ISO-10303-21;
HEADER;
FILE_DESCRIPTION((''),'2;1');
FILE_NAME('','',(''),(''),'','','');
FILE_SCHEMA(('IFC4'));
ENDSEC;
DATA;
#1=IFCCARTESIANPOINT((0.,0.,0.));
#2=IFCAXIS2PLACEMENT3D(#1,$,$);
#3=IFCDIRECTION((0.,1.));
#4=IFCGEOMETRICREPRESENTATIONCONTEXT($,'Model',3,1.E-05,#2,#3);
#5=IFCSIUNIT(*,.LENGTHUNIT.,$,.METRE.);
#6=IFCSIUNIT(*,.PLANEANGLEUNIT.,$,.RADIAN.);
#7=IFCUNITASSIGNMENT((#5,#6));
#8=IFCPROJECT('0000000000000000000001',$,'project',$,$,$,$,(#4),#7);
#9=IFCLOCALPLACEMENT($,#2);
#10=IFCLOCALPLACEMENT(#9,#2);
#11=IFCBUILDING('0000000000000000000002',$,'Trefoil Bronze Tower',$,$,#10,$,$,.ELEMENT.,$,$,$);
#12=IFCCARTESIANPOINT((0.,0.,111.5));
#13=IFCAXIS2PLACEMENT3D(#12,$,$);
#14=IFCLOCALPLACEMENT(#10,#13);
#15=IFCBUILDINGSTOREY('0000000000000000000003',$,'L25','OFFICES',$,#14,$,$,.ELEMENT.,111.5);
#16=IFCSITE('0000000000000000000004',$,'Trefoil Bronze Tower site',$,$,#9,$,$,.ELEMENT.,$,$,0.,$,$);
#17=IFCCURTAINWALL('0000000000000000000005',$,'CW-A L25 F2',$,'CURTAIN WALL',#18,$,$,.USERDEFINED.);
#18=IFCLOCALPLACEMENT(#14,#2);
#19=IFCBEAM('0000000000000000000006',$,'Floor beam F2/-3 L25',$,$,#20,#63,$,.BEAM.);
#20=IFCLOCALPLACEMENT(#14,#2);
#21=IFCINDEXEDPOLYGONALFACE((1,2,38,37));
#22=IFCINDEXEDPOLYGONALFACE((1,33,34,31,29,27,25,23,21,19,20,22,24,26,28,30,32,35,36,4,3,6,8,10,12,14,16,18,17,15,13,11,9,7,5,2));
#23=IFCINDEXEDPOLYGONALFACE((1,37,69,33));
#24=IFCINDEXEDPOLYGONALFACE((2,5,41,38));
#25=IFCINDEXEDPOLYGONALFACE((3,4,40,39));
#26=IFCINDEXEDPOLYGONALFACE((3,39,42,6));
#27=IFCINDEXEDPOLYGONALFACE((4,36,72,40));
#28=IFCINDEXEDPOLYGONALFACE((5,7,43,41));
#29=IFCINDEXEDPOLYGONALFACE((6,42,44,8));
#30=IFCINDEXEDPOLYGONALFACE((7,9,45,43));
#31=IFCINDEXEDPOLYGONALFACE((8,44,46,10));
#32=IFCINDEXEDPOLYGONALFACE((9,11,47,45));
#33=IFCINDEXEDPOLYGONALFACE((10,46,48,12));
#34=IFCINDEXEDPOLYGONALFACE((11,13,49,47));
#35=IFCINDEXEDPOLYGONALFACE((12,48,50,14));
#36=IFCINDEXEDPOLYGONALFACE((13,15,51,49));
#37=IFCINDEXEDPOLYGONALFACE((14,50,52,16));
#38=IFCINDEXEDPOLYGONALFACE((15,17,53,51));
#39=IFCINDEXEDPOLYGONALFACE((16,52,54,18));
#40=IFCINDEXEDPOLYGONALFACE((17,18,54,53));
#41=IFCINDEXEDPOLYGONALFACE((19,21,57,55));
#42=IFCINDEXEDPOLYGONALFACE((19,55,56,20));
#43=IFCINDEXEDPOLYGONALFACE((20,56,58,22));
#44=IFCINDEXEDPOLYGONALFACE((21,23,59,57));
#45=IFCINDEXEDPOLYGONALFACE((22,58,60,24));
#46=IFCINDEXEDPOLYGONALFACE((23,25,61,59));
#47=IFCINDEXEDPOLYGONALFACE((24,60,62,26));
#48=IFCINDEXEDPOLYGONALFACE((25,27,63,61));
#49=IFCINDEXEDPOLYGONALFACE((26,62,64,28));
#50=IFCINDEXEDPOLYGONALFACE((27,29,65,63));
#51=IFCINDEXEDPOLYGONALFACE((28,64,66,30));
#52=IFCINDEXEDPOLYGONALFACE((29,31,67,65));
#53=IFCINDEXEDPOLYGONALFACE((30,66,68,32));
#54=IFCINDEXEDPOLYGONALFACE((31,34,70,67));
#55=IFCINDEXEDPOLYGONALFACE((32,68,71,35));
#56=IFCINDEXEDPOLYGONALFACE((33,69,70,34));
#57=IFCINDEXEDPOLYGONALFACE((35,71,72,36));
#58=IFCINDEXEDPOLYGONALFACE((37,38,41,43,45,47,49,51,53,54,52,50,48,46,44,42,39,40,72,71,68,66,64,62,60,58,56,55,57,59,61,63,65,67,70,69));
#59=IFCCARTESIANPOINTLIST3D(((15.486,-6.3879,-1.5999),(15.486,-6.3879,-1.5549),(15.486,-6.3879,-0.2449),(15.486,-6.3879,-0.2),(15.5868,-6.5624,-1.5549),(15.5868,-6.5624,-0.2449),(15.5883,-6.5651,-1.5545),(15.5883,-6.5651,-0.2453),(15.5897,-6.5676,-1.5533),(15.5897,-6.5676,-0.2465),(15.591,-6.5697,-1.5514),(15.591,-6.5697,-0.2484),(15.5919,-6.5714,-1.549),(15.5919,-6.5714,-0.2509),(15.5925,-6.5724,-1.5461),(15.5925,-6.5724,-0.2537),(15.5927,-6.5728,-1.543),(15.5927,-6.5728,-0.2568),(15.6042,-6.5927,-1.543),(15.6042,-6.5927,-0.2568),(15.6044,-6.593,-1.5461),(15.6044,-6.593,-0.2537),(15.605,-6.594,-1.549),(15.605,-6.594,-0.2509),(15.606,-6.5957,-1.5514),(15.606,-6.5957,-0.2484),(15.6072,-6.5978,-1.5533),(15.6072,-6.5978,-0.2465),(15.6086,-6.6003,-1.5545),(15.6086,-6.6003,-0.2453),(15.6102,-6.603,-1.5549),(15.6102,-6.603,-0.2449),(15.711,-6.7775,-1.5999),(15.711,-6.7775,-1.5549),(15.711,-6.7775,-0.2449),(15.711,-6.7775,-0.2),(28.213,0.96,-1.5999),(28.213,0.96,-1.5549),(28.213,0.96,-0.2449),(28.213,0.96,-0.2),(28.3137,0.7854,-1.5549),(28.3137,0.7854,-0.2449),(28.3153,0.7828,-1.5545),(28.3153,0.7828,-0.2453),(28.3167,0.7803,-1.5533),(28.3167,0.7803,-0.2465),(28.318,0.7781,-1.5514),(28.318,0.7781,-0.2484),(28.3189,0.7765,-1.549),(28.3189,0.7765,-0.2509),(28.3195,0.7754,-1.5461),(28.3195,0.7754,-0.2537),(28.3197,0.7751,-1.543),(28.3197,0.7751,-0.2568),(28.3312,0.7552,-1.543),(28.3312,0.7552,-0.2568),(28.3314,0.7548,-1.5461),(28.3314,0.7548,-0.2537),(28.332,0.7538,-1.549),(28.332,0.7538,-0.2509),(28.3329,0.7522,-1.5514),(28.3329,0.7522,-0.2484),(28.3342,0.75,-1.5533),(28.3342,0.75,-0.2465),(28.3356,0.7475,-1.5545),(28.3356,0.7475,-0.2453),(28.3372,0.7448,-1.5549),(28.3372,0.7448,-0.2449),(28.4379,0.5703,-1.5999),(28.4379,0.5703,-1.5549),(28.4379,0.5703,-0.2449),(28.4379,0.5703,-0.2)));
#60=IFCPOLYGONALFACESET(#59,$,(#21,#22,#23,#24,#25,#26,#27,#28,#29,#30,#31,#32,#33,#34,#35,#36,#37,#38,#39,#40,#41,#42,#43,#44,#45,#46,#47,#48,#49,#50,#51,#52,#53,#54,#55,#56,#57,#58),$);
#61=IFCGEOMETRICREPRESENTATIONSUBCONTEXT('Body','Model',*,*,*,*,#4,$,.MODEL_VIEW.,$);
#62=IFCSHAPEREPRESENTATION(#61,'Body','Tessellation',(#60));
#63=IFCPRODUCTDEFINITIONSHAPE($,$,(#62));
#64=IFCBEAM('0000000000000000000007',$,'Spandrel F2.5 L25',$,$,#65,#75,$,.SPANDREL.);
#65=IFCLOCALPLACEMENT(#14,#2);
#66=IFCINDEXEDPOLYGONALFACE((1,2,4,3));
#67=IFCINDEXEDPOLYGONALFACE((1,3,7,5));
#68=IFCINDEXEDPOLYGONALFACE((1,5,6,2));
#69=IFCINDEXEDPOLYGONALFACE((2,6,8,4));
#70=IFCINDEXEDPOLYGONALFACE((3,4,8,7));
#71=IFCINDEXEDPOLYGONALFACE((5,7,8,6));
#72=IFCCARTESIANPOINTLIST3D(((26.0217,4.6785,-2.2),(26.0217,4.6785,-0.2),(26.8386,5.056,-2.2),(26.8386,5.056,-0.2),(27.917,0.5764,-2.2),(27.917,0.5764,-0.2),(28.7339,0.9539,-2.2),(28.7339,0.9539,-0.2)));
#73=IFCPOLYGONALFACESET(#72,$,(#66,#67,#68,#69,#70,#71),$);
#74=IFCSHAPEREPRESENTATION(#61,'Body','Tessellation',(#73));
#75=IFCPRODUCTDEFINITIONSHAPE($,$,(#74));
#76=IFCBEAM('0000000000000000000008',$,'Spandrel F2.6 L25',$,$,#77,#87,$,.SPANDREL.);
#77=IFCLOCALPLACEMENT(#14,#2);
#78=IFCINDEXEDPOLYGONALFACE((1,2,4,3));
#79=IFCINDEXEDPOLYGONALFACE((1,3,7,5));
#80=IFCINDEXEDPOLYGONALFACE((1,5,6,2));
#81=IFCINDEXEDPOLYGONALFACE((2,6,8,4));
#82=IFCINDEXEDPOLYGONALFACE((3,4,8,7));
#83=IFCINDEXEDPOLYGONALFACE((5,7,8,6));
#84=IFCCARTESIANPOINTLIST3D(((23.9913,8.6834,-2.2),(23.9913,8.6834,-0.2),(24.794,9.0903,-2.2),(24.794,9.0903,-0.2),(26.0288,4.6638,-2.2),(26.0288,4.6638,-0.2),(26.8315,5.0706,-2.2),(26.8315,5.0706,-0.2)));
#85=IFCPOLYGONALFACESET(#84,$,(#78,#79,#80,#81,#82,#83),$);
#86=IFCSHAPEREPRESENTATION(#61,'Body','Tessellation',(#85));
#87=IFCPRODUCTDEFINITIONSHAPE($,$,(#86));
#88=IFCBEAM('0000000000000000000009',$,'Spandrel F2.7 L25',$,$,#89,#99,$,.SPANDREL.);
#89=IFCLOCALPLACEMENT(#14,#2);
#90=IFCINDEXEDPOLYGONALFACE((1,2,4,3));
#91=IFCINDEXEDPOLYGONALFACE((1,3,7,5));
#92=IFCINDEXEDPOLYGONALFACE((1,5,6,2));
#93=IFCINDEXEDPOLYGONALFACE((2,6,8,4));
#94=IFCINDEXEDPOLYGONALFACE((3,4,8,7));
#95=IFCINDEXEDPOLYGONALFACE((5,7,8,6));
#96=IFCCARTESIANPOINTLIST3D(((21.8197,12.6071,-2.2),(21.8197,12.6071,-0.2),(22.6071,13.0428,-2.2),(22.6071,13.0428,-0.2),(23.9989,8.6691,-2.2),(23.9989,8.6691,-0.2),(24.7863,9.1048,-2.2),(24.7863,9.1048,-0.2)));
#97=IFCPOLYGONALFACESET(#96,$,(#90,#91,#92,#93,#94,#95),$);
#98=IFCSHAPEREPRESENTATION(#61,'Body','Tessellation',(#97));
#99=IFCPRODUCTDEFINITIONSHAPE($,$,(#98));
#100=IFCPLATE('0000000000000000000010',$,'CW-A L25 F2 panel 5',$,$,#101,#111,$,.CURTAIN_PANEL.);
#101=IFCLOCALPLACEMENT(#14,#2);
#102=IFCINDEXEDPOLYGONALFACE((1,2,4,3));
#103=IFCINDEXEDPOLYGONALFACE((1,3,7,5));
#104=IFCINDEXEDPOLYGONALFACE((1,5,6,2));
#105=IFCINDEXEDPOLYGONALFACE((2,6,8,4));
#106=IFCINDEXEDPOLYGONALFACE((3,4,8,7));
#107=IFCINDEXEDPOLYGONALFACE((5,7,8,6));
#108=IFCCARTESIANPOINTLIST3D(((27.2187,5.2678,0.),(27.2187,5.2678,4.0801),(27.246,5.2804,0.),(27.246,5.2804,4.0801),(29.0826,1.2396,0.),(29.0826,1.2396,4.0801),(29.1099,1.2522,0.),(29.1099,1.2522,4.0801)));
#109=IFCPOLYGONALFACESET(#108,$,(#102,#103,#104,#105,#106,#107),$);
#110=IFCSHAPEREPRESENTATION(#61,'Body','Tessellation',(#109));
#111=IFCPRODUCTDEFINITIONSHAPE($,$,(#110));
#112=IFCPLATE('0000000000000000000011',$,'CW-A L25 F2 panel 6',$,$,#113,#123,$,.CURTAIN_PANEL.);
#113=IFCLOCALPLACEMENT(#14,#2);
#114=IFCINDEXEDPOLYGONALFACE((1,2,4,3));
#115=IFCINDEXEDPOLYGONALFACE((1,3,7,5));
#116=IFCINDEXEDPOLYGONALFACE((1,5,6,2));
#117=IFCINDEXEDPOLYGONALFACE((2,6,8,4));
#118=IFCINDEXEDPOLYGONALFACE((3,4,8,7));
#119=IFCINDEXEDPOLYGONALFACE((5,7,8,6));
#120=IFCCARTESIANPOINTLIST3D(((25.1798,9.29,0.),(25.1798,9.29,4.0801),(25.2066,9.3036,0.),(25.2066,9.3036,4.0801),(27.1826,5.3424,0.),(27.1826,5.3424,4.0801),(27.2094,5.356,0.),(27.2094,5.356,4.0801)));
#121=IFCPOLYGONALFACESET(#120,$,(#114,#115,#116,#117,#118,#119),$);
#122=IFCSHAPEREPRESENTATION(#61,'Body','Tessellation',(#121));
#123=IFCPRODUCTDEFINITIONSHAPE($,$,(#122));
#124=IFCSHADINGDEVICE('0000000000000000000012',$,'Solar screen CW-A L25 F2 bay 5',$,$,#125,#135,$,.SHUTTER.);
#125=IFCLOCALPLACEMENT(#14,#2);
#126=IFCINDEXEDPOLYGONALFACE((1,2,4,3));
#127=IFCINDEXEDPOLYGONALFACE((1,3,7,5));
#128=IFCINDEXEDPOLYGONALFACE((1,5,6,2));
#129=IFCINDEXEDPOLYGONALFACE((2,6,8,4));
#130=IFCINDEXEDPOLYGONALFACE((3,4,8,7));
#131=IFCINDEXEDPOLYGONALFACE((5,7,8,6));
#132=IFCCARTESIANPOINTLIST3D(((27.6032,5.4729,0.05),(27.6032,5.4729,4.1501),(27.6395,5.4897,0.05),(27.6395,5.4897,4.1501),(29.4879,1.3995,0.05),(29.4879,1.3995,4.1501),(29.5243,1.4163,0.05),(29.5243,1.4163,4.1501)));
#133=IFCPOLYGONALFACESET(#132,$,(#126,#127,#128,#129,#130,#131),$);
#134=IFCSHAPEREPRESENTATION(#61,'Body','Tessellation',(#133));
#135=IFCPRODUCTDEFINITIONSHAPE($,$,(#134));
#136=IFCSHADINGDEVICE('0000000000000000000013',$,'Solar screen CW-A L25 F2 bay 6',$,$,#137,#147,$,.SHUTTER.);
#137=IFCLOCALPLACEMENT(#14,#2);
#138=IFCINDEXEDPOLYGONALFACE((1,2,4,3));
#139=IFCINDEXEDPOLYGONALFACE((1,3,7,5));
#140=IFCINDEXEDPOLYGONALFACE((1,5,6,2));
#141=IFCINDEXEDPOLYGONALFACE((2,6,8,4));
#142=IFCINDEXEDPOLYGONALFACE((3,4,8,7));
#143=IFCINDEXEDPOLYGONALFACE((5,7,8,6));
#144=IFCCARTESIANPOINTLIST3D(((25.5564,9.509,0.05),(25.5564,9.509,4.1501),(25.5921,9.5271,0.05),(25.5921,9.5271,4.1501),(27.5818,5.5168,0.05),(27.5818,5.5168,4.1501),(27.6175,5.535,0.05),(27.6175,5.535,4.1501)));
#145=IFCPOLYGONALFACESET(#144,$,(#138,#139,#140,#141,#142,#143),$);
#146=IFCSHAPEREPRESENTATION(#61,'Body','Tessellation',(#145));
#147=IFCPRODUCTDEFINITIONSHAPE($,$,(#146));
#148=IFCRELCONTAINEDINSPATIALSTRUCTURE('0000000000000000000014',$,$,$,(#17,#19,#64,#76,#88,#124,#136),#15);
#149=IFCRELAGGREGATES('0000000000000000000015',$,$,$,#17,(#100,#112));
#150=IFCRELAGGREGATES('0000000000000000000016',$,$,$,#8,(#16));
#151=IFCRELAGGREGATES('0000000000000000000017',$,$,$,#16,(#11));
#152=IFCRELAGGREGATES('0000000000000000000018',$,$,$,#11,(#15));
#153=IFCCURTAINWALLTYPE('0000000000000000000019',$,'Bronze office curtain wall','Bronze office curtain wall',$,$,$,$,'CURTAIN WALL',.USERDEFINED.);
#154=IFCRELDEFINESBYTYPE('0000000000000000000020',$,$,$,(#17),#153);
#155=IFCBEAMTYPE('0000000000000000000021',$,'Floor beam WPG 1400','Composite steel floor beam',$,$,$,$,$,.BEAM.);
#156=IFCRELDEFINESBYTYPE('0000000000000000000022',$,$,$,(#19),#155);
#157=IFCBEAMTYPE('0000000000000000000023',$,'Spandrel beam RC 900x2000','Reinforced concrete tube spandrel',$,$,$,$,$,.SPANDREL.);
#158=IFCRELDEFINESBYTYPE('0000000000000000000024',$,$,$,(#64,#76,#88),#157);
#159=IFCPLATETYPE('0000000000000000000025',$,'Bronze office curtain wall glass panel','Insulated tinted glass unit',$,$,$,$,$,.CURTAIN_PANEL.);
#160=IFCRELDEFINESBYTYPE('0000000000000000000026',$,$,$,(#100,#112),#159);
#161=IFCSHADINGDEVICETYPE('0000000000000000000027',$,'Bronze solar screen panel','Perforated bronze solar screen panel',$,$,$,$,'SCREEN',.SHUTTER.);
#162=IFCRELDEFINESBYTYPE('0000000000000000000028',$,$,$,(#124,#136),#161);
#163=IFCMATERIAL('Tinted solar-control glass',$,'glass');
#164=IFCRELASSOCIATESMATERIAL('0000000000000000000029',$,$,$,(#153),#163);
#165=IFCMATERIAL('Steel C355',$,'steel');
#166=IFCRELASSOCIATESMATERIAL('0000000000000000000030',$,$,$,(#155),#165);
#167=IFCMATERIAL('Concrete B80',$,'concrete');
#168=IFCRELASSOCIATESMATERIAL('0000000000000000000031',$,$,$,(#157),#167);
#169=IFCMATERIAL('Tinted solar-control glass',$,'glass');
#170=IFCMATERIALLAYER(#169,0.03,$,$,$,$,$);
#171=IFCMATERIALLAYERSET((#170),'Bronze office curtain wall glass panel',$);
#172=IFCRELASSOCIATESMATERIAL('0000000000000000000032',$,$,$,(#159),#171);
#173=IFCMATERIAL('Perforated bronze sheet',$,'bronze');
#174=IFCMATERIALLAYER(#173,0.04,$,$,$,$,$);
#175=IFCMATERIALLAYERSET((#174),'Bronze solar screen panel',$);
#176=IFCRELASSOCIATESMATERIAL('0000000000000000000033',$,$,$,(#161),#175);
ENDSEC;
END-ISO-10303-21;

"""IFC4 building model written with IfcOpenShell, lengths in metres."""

from ifc_helpers import new_model, si_unit, direction, frame, origin, origin_2d, place, context, subcontext, project, spatial, rectangle, i_section, extrude, material, layer, layer_set, material_profile, profile_set, type_object, element, aggregate, save


model = new_model("IFC4")

# Units and contexts
model_context = context("Model", 3, precision=1e-05, world=origin(), true_north=direction((0.0, 1.0)))
body_context = subcontext(model_context, "Body", "Model", "MODEL_VIEW")
ifc_project = project(units=[si_unit("LENGTHUNIT", "METRE"), si_unit("PLANEANGLEUNIT", "RADIAN")], contexts=[model_context])

# Site, building, storey
site_placement = place(None, origin())
site = spatial("IfcSite", under=ifc_project, at=site_placement, Name="Trefoil Bronze Tower site", CompositionType="ELEMENT", RefElevation=0.0)
building_placement = place(site_placement, origin())
building = spatial("IfcBuilding", under=site, at=building_placement, Name="Trefoil Bronze Tower", CompositionType="ELEMENT")
storey_placement = place(building_placement, frame((0.0, 0.0, 111.5)))
storey = spatial("IfcBuildingStorey", under=building, at=storey_placement, Name="L25", Description="OFFICES", CompositionType="ELEMENT", Elevation=111.5)

# Curtain wall
ifc_material_1 = material(Name="Tinted solar-control glass", Category="glass")
curtain_wall_type = type_object("IfcCurtainWallType", Name="Bronze office curtain wall", Description="Bronze office curtain wall", ElementType="CURTAIN WALL", PredefinedType="USERDEFINED", material=ifc_material_1)
curtain_wall_placement = place(storey_placement, origin())
curtain_wall = element("IfcCurtainWall", 1, at=curtain_wall_placement, inside=storey, type_object=curtain_wall_type, Name="CW-A L25 F2", ObjectType="CURTAIN WALL", PredefinedType="USERDEFINED")

# Beams
ifc_material_2 = material(Name="Steel C355", Category="steel")
ifc_material_profile_1 = material_profile(ifc_material_2, i_section(OverallWidth=0.45, OverallDepth=1.3999, WebThickness=0.0229, FlangeThickness=0.0449, FilletRadius=0.012, at=origin_2d()), Name="WPG 1400")
ifc_profile_set_1 = profile_set([ifc_material_profile_1], Name="Steel C355")
beam_type_1 = type_object("IfcBeamType", Name="Floor beam WPG 1400", Description="Composite steel floor beam", PredefinedType="BEAM", material=ifc_profile_set_1)
beam_1_placement = place(storey_placement, frame((28.3254, 0.7651, -0.8999), z_axis=(-0.866027, -0.499997, 0.0), x_axis=(0.499997, -0.866027, 0.0)))
element("IfcBeam", 2, at=beam_1_placement, inside=storey, type_object=beam_type_1, Name="Floor beam F2/-3 L25", PredefinedType="BEAM", context=body_context, shape_type="SweptSolid", body=[
    extrude(i_section(OverallWidth=0.45, OverallDepth=1.3999, WebThickness=0.0229, FlangeThickness=0.0449, FilletRadius=0.012, at=origin_2d()), origin(), (0.0, 0.0, 1.0), 14.6958),
])
ifc_material_3 = material(Name="Concrete B80", Category="concrete")
ifc_material_profile_2 = material_profile(ifc_material_3, rectangle(XDim=0.8999, YDim=2.0, at=origin_2d()), Name="RC 900x2000")
ifc_profile_set_2 = profile_set([ifc_material_profile_2], Name="Concrete B80")
beam_type_2 = type_object("IfcBeamType", Name="Spandrel beam RC 900x2000", Description="Reinforced concrete tube spandrel", PredefinedType="SPANDREL", material=ifc_profile_set_2)
beam_2_placement = place(storey_placement, frame((28.3254, 0.7651, -1.2), z_axis=(-0.419425, 0.90779, 0.0), x_axis=(-0.90779, -0.419425, 0.0)))
element("IfcBeam", 3, at=beam_2_placement, inside=storey, type_object=beam_type_2, Name="Spandrel F2.5 L25", PredefinedType="SPANDREL", context=body_context, shape_type="SweptSolid", body=[
    extrude(rectangle(XDim=0.8999, YDim=2.0, at=origin_2d()), origin(), (0.0, 0.0, 1.0), 4.5188),
])
beam_3_placement = place(storey_placement, frame((26.4302, 4.8672, -1.2), z_axis=(-0.452126, 0.891954, 0.0), x_axis=(-0.891954, -0.452126, 0.0)))
element("IfcBeam", 4, at=beam_3_placement, inside=storey, type_object=beam_type_2, Name="Spandrel F2.6 L25", PredefinedType="SPANDREL", context=body_context, shape_type="SweptSolid", body=[
    extrude(rectangle(XDim=0.8999, YDim=2.0, at=origin_2d()), origin(), (0.0, 0.0, 1.0), 4.5066),
])
beam_4_placement = place(storey_placement, frame((24.3926, 8.887, -1.2), z_axis=(-0.484187, 0.874965, 0.0), x_axis=(-0.874965, -0.484187, 0.0)))
element("IfcBeam", 5, at=beam_4_placement, inside=storey, type_object=beam_type_2, Name="Spandrel F2.7 L25", PredefinedType="SPANDREL", context=body_context, shape_type="SweptSolid", body=[
    extrude(rectangle(XDim=0.8999, YDim=2.0, at=origin_2d()), origin(), (0.0, 0.0, 1.0), 4.5007),
])

# Plates
ifc_material_4 = material(Name="Tinted solar-control glass", Category="glass")
ifc_layer_1 = layer(ifc_material_4, 0.03)
ifc_layer_set_1 = layer_set([ifc_layer_1], Name="Bronze office curtain wall glass panel")
plate_type = type_object("IfcPlateType", Name="Bronze office curtain wall glass panel", Description="Insulated tinted glass unit", PredefinedType="CURTAIN_PANEL", material=ifc_layer_set_1)
plate_1_placement = place(storey_placement, frame((28.1643, 3.26, 0.0), z_axis=(0.0, 0.0, 1.0), x_axis=(-0.419933, 0.907555, 0.0)))
plate_1 = element("IfcPlate", 6, at=plate_1_placement, type_object=plate_type, Name="CW-A L25 F2 panel 5", PredefinedType="CURTAIN_PANEL", context=body_context, shape_type="SweptSolid", body=[
    extrude(rectangle(XDim=4.4385, YDim=0.03, at=origin_2d()), origin(), (0.0, 0.0, 1.0), 4.0801),
])
plate_2_placement = place(storey_placement, frame((26.1946, 7.323, 0.0), z_axis=(0.0, 0.0, 1.0), x_axis=(-0.452449, 0.89179, 0.0)))
plate_2 = element("IfcPlate", 7, at=plate_2_placement, type_object=plate_type, Name="CW-A L25 F2 panel 6", PredefinedType="CURTAIN_PANEL", context=body_context, shape_type="SweptSolid", body=[
    extrude(rectangle(XDim=4.4265, YDim=0.03, at=origin_2d()), origin(), (0.0, 0.0, 1.0), 4.0801),
])
aggregate(curtain_wall, [plate_1, plate_2])

# Shading devices
ifc_material_5 = material(Name="Perforated bronze sheet", Category="bronze")
ifc_layer_2 = layer(ifc_material_5, 0.04)
ifc_layer_set_2 = layer_set([ifc_layer_2], Name="Bronze solar screen panel")
shading_device_type = type_object("IfcShadingDeviceType", Name="Bronze solar screen panel", Description="Perforated bronze solar screen panel", ElementType="SCREEN", PredefinedType="SHUTTER", material=ifc_layer_set_2)
shading_device_1_placement = place(storey_placement, frame((28.5637, 3.4446, 0.05), z_axis=(0.0, 0.0, 1.0), x_axis=(-0.419933, 0.907555, 0.0)))
element("IfcShadingDevice", 8, at=shading_device_1_placement, inside=storey, type_object=shading_device_type, Name="Solar screen CW-A L25 F2 bay 5", PredefinedType="SHUTTER", context=body_context, shape_type="SweptSolid", body=[
    extrude(rectangle(XDim=4.4883, YDim=0.04, at=origin_2d()), origin(), (0.0, 0.0, 1.0), 4.1001),
])
shading_device_2_placement = place(storey_placement, frame((26.5869, 7.522, 0.05), z_axis=(0.0, 0.0, 1.0), x_axis=(-0.452449, 0.89179, 0.0)))
element("IfcShadingDevice", 9, at=shading_device_2_placement, inside=storey, type_object=shading_device_type, Name="Solar screen CW-A L25 F2 bay 6", PredefinedType="SHUTTER", context=body_context, shape_type="SweptSolid", body=[
    extrude(rectangle(XDim=4.4766, YDim=0.04, at=origin_2d()), origin(), (0.0, 0.0, 1.0), 4.1001),
])

save(model, "model.ifc")
